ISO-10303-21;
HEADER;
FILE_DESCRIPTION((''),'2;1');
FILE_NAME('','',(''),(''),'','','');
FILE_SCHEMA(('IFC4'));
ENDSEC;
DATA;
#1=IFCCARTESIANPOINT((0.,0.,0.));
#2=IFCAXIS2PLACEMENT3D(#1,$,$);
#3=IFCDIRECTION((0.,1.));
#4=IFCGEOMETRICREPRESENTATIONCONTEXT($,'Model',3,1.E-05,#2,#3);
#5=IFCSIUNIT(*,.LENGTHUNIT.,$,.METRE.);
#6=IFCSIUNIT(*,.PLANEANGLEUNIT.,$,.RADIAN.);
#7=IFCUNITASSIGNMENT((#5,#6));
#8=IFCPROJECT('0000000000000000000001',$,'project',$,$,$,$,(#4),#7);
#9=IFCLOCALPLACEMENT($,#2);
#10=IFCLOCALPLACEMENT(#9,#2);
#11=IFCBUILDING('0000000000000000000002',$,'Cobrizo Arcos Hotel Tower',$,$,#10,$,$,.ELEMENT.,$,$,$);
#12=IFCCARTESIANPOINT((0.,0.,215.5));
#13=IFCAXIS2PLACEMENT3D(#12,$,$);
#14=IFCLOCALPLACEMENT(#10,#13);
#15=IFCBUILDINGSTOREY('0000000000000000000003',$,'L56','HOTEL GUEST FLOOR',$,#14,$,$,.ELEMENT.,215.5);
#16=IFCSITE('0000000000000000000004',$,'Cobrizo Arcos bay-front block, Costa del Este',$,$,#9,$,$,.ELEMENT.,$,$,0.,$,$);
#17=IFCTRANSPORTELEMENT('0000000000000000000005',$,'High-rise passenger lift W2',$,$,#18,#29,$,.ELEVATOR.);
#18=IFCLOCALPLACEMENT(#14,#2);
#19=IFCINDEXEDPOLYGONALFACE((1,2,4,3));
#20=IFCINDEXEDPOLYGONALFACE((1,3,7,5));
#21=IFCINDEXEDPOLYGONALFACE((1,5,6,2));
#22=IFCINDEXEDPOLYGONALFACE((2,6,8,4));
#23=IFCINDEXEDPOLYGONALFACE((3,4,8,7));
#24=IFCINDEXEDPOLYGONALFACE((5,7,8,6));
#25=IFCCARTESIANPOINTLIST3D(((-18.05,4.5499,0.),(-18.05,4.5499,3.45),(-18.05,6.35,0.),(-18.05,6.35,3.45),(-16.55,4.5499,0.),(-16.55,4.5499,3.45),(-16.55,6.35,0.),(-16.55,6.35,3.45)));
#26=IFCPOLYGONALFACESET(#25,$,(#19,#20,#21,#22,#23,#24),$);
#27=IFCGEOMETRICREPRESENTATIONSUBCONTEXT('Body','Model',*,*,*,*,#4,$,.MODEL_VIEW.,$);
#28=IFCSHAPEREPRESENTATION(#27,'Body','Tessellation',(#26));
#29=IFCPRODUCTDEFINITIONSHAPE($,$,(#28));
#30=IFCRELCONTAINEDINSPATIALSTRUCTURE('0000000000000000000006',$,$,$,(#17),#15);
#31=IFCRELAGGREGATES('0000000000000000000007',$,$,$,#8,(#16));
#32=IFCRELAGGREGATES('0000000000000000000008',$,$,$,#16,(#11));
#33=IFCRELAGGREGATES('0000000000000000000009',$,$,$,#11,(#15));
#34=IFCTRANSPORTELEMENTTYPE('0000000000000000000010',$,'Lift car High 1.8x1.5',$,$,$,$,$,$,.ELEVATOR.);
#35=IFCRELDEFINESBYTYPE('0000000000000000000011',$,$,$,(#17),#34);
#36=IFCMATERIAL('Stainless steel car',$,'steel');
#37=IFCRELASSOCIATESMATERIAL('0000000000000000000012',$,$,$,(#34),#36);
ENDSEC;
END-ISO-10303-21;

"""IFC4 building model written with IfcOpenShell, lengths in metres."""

from ifc_helpers import new_model, si_unit, direction, frame, origin, origin_2d, place, context, subcontext, project, spatial, rectangle, extrude, material, type_object, element, save


model = new_model("IFC4")

# Units and contexts
model_context = context("Model", 3, precision=1e-05, world=origin(), true_north=direction((0.0, 1.0)))
body_context = subcontext(model_context, "Body", "Model", "MODEL_VIEW")
ifc_project = project(units=[si_unit("LENGTHUNIT", "METRE"), si_unit("PLANEANGLEUNIT", "RADIAN")], contexts=[model_context])

# Site, building, storey
site_placement = place(None, origin())
site = spatial("IfcSite", under=ifc_project, at=site_placement, Name="Cobrizo Arcos bay-front block, Costa del Este", CompositionType="ELEMENT", RefElevation=0.0)
building_placement = place(site_placement, origin())
building = spatial("IfcBuilding", under=site, at=building_placement, Name="Cobrizo Arcos Hotel Tower", CompositionType="ELEMENT")
storey_placement = place(building_placement, frame((0.0, 0.0, 215.5)))
storey = spatial("IfcBuildingStorey", under=building, at=storey_placement, Name="L56", Description="HOTEL GUEST FLOOR", CompositionType="ELEMENT", Elevation=215.5)

# Transport element
ifc_material_1 = material(Name="Stainless steel car", Category="steel")
transport_element_type = type_object("IfcTransportElementType", Name="Lift car High 1.8x1.5", PredefinedType="ELEVATOR", material=ifc_material_1)
for number, where, z_axis, x_axis, name in (
    (1, (-17.3, 5.45, 0.0), (0.0, 0.0, 1.0), (1.0, 0.0, 0.0), "High-rise passenger lift W2"),
):
    element("IfcTransportElement", number, at=place(storey_placement, frame(where, z_axis=z_axis, x_axis=x_axis)), inside=storey, type_object=transport_element_type, Name=name, PredefinedType="ELEVATOR", context=body_context, shape_type="SweptSolid", body=[
        extrude(rectangle(XDim=1.5, YDim=1.8, at=origin_2d()), origin(), (0.0, 0.0, 1.0), 3.45),
    ])

save(model, "model.ifc")
